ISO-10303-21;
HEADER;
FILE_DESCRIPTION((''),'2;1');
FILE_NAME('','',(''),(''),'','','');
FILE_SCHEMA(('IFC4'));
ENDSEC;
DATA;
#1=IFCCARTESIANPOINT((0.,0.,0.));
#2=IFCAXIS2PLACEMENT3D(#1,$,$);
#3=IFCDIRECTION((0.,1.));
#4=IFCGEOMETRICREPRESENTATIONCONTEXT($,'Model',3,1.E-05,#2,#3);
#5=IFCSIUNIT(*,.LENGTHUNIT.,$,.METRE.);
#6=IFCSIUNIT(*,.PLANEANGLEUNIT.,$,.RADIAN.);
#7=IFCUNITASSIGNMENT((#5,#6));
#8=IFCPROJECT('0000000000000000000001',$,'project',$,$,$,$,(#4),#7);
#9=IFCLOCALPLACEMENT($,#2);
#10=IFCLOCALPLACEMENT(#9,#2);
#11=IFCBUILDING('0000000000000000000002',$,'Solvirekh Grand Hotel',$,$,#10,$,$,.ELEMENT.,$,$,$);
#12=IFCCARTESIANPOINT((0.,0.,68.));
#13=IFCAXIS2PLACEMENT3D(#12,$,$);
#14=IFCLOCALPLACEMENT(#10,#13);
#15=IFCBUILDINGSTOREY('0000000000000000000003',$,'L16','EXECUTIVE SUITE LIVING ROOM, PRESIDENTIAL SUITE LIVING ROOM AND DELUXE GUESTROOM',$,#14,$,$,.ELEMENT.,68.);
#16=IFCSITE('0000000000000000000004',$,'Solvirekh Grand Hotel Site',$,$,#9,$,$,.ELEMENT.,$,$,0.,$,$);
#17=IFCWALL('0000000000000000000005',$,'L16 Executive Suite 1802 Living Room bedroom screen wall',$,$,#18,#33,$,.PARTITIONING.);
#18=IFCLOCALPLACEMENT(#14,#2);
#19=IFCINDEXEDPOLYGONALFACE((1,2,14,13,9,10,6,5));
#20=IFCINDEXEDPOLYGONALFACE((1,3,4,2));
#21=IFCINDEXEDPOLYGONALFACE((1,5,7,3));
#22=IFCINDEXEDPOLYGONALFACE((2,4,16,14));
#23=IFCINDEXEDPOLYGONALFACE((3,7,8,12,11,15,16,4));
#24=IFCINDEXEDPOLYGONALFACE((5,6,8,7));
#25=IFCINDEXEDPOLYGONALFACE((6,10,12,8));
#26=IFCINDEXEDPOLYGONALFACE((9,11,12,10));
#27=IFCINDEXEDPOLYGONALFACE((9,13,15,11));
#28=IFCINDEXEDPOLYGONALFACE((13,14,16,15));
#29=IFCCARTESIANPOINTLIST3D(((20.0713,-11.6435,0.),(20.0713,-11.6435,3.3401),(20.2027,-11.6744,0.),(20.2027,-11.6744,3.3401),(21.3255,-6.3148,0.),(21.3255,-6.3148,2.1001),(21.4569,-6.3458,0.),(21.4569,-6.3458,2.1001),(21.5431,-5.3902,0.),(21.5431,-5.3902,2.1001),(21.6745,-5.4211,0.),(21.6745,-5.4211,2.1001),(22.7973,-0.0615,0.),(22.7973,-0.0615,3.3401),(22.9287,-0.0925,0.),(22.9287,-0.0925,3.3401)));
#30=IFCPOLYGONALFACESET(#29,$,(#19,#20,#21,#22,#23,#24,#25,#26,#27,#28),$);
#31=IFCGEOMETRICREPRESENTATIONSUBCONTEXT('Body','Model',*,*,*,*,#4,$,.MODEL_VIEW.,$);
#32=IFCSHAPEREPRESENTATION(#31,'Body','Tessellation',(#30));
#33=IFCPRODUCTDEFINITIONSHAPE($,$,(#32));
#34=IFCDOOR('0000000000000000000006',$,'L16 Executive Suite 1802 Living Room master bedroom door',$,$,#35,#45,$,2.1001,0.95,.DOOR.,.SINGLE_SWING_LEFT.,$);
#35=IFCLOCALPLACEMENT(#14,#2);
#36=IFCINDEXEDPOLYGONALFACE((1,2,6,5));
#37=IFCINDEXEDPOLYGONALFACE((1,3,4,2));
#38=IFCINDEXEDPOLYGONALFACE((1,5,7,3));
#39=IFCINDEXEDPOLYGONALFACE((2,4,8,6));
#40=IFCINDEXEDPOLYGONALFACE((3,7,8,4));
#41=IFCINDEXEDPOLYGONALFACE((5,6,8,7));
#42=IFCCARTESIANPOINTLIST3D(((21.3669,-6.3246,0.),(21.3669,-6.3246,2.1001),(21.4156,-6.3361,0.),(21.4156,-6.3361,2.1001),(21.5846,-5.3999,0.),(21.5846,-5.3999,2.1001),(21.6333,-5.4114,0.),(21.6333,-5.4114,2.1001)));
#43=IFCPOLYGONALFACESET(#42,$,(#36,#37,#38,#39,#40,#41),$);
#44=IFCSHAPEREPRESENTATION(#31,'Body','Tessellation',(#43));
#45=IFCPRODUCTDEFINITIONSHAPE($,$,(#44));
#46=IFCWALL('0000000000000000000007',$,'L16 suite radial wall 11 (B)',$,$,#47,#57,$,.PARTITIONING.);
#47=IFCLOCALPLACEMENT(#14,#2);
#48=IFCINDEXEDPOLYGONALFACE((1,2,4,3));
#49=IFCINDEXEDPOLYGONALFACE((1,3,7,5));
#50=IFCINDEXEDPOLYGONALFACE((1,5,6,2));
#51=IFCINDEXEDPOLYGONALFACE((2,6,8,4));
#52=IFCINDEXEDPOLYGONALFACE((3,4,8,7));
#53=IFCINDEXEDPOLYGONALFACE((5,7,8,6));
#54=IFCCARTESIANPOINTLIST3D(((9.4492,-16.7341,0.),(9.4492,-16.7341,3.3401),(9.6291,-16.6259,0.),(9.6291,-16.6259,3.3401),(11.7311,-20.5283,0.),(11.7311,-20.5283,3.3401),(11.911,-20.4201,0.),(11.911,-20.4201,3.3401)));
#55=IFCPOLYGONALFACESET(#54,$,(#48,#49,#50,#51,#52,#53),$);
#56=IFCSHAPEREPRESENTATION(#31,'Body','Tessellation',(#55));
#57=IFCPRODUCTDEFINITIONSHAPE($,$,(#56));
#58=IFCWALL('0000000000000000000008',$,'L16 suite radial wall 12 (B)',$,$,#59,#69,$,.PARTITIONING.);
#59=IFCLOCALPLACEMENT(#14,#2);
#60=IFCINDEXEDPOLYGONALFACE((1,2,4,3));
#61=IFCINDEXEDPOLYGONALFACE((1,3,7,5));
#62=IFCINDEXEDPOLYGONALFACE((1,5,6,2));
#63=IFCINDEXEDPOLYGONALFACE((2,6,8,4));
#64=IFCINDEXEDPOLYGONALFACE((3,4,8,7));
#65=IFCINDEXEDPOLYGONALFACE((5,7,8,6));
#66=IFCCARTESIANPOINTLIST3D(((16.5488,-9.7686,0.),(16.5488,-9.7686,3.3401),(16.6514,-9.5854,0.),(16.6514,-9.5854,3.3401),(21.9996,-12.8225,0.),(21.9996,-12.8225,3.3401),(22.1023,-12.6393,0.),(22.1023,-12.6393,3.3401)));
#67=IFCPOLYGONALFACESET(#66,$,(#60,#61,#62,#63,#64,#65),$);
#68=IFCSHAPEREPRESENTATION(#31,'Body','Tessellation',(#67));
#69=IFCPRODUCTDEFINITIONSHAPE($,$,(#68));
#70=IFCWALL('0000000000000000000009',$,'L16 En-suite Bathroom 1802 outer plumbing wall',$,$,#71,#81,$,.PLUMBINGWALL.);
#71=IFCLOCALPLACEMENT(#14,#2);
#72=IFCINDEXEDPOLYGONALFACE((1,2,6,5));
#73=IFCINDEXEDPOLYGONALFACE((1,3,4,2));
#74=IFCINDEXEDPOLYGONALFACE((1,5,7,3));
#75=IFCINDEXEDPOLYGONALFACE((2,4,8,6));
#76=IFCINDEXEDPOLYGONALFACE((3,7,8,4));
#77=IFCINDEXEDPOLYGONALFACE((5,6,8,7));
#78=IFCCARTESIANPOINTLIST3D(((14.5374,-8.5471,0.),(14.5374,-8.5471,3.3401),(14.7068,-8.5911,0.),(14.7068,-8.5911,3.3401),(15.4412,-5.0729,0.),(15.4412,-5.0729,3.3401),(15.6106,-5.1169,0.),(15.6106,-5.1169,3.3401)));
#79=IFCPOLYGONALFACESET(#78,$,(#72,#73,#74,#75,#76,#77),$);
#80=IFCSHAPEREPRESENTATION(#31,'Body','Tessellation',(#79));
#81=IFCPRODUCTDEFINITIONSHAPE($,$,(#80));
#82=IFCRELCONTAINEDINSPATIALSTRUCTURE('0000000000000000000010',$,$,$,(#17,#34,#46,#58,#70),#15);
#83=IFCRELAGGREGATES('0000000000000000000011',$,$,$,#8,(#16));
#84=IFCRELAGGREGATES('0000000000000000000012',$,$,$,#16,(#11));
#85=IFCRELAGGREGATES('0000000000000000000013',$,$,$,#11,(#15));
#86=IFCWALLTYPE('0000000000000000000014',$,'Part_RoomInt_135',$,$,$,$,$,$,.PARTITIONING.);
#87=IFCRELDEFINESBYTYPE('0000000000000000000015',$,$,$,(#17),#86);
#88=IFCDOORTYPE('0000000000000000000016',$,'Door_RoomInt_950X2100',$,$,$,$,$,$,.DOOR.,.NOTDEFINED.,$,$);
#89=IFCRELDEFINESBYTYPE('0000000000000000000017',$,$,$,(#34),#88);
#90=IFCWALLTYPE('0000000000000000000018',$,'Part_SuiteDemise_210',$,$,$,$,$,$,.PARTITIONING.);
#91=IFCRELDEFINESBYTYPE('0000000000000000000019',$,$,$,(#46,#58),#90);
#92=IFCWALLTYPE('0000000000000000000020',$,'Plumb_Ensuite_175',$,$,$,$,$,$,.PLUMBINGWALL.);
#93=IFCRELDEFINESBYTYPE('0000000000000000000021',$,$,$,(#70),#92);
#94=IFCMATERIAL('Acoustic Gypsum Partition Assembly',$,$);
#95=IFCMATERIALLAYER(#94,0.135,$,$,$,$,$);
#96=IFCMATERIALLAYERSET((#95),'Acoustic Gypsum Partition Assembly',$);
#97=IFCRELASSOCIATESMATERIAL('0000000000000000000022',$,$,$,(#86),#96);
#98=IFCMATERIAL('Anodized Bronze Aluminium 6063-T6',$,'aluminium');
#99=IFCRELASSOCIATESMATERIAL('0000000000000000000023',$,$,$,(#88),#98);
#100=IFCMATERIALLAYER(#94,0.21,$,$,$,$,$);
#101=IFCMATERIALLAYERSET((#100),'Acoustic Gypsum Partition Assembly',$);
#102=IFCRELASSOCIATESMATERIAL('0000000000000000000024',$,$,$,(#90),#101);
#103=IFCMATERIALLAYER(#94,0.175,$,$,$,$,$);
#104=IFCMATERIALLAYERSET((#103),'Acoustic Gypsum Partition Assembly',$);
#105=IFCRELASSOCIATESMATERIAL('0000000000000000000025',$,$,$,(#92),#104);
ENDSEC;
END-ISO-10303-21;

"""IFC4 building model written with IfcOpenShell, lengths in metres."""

from ifc_helpers import new_model, si_unit, direction, frame, frame_2d, origin, place, context, subcontext, project, spatial, rectangle, extrude, material, layer, layer_set, type_object, element, fill, save


model = new_model("IFC4")

# Units and contexts
model_context = context("Model", 3, precision=1e-05, world=origin(), true_north=direction((0.0, 1.0)))
body_context = subcontext(model_context, "Body", "Model", "MODEL_VIEW")
ifc_project = project(units=[si_unit("LENGTHUNIT", "METRE"), si_unit("PLANEANGLEUNIT", "RADIAN")], contexts=[model_context])

# Site, building, storey
site_placement = place(None, origin())
site = spatial("IfcSite", under=ifc_project, at=site_placement, Name="Solvirekh Grand Hotel Site", CompositionType="ELEMENT", RefElevation=0.0)
building_placement = place(site_placement, origin())
building = spatial("IfcBuilding", under=site, at=building_placement, Name="Solvirekh Grand Hotel", CompositionType="ELEMENT")
storey_placement = place(building_placement, frame((0.0, 0.0, 68.0)))
storey = spatial("IfcBuildingStorey", under=building, at=storey_placement, Name="L16", Description="EXECUTIVE SUITE LIVING ROOM, PRESIDENTIAL SUITE LIVING ROOM AND DELUXE GUESTROOM", CompositionType="ELEMENT", Elevation=68.0)

# Shared definitions
ifc_material_1 = material(Name="Anodized Bronze Aluminium 6063-T6", Category="aluminium")

# Wall, opening, door
ifc_material_2 = material(Name="Acoustic Gypsum Partition Assembly")
ifc_layer_1 = layer(ifc_material_2, 0.135)
ifc_layer_set_1 = layer_set([ifc_layer_1], Name="Acoustic Gypsum Partition Assembly")
wall_type_1 = type_object("IfcWallType", Name="Part_RoomInt_135", PredefinedType="PARTITIONING", material=ifc_layer_set_1)
door_type = type_object("IfcDoorType", Name="Door_RoomInt_950X2100", OperationType="NOTDEFINED", PredefinedType="DOOR", material=ifc_material_1)
wall_1_placement = place(storey_placement, frame((20.137, -11.6589, 0.0), z_axis=(0.0, 0.0, 1.0), x_axis=(0.22911, 0.9734, 0.0)))
wall_1 = element("IfcWall", 1, at=wall_1_placement, inside=storey, type_object=wall_type_1, Name="L16 Executive Suite 1802 Living Room bedroom screen wall", PredefinedType="PARTITIONING", context=body_context, shape_type="SweptSolid", body=[
    extrude(rectangle(XDim=11.8984, YDim=0.135, at=frame_2d((5.9492, 0.0))), origin(), (0.0, 0.0, 1.0), 3.3401),
])
opening_1_placement = place(wall_1_placement, frame((5.4741, 0.0, 0.0)))
opening_1 = element("IfcOpeningElement", 2, at=opening_1_placement, cuts=wall_1, PredefinedType="OPENING", context=body_context, shape_type="SweptSolid", body=[
    extrude(rectangle(XDim=0.95, YDim=2.1001, at=frame_2d((0.4751, 1.05))), frame((0.0, 0.0776, 0.0), z_axis=(0.0, -1.0, 0.0), x_axis=(1.0, 0.0, 0.0)), (0.0, 0.0, 1.0), 0.155),
])
door_1_placement = place(opening_1_placement, origin())
door_1 = element("IfcDoor", 3, at=door_1_placement, inside=storey, type_object=door_type, Name="L16 Executive Suite 1802 Living Room master bedroom door", OperationType="SINGLE_SWING_LEFT", OverallHeight=2.1001, OverallWidth=0.95, PredefinedType="DOOR", context=body_context, shape_type="SweptSolid", body=[
    extrude(rectangle(XDim=0.95, YDim=2.1001, at=frame_2d((0.4751, 1.05))), frame((0.0, 0.0249, 0.0), z_axis=(0.0, -1.0, 0.0), x_axis=(1.0, 0.0, 0.0)), (0.0, 0.0, 1.0), 0.05),
])
fill(opening_1, door_1)

# Walls
ifc_layer_2 = layer(ifc_material_2, 0.21)
ifc_layer_set_2 = layer_set([ifc_layer_2], Name="Acoustic Gypsum Partition Assembly")
wall_type_2 = type_object("IfcWallType", Name="Part_SuiteDemise_210", PredefinedType="PARTITIONING", material=ifc_layer_set_2)
wall_2_placement = place(storey_placement, frame((9.5391, -16.6799, 0.0), z_axis=(0.0, 0.0, 1.0), x_axis=(0.515404, -0.856948, 0.0)))
element("IfcWall", 4, at=wall_2_placement, inside=storey, type_object=wall_type_2, Name="L16 suite radial wall 11 (B)", PredefinedType="PARTITIONING", context=body_context, shape_type="SweptSolid", body=[
    extrude(rectangle(XDim=4.4275, YDim=0.21, at=frame_2d((2.2139, 0.0))), origin(), (0.0, 0.0, 1.0), 3.3401),
])
wall_3_placement = place(storey_placement, frame((16.6001, -9.677, 0.0), z_axis=(0.0, 0.0, 1.0), x_axis=(0.872408, -0.488778, 0.0)))
element("IfcWall", 5, at=wall_3_placement, inside=storey, type_object=wall_type_2, Name="L16 suite radial wall 12 (B)", PredefinedType="PARTITIONING", context=body_context, shape_type="SweptSolid", body=[
    extrude(rectangle(XDim=6.248, YDim=0.21, at=frame_2d((3.124, 0.0))), origin(), (0.0, 0.0, 1.0), 3.3401),
])
ifc_layer_3 = layer(ifc_material_2, 0.175)
ifc_layer_set_3 = layer_set([ifc_layer_3], Name="Acoustic Gypsum Partition Assembly")
wall_type_3 = type_object("IfcWallType", Name="Plumb_Ensuite_175", PredefinedType="PLUMBINGWALL", material=ifc_layer_set_3)
wall_4_placement = place(storey_placement, frame((14.6221, -8.5691, 0.0), z_axis=(0.0, 0.0, 1.0), x_axis=(0.251774, 0.967786, 0.0)))
element("IfcWall", 6, at=wall_4_placement, inside=storey, type_object=wall_type_3, Name="L16 En-suite Bathroom 1802 outer plumbing wall", PredefinedType="PLUMBINGWALL", context=body_context, shape_type="SweptSolid", body=[
    extrude(rectangle(XDim=3.5898, YDim=0.175, at=frame_2d((1.7949, 0.0))), origin(), (0.0, 0.0, 1.0), 3.3401),
])

save(model, "model.ifc")
